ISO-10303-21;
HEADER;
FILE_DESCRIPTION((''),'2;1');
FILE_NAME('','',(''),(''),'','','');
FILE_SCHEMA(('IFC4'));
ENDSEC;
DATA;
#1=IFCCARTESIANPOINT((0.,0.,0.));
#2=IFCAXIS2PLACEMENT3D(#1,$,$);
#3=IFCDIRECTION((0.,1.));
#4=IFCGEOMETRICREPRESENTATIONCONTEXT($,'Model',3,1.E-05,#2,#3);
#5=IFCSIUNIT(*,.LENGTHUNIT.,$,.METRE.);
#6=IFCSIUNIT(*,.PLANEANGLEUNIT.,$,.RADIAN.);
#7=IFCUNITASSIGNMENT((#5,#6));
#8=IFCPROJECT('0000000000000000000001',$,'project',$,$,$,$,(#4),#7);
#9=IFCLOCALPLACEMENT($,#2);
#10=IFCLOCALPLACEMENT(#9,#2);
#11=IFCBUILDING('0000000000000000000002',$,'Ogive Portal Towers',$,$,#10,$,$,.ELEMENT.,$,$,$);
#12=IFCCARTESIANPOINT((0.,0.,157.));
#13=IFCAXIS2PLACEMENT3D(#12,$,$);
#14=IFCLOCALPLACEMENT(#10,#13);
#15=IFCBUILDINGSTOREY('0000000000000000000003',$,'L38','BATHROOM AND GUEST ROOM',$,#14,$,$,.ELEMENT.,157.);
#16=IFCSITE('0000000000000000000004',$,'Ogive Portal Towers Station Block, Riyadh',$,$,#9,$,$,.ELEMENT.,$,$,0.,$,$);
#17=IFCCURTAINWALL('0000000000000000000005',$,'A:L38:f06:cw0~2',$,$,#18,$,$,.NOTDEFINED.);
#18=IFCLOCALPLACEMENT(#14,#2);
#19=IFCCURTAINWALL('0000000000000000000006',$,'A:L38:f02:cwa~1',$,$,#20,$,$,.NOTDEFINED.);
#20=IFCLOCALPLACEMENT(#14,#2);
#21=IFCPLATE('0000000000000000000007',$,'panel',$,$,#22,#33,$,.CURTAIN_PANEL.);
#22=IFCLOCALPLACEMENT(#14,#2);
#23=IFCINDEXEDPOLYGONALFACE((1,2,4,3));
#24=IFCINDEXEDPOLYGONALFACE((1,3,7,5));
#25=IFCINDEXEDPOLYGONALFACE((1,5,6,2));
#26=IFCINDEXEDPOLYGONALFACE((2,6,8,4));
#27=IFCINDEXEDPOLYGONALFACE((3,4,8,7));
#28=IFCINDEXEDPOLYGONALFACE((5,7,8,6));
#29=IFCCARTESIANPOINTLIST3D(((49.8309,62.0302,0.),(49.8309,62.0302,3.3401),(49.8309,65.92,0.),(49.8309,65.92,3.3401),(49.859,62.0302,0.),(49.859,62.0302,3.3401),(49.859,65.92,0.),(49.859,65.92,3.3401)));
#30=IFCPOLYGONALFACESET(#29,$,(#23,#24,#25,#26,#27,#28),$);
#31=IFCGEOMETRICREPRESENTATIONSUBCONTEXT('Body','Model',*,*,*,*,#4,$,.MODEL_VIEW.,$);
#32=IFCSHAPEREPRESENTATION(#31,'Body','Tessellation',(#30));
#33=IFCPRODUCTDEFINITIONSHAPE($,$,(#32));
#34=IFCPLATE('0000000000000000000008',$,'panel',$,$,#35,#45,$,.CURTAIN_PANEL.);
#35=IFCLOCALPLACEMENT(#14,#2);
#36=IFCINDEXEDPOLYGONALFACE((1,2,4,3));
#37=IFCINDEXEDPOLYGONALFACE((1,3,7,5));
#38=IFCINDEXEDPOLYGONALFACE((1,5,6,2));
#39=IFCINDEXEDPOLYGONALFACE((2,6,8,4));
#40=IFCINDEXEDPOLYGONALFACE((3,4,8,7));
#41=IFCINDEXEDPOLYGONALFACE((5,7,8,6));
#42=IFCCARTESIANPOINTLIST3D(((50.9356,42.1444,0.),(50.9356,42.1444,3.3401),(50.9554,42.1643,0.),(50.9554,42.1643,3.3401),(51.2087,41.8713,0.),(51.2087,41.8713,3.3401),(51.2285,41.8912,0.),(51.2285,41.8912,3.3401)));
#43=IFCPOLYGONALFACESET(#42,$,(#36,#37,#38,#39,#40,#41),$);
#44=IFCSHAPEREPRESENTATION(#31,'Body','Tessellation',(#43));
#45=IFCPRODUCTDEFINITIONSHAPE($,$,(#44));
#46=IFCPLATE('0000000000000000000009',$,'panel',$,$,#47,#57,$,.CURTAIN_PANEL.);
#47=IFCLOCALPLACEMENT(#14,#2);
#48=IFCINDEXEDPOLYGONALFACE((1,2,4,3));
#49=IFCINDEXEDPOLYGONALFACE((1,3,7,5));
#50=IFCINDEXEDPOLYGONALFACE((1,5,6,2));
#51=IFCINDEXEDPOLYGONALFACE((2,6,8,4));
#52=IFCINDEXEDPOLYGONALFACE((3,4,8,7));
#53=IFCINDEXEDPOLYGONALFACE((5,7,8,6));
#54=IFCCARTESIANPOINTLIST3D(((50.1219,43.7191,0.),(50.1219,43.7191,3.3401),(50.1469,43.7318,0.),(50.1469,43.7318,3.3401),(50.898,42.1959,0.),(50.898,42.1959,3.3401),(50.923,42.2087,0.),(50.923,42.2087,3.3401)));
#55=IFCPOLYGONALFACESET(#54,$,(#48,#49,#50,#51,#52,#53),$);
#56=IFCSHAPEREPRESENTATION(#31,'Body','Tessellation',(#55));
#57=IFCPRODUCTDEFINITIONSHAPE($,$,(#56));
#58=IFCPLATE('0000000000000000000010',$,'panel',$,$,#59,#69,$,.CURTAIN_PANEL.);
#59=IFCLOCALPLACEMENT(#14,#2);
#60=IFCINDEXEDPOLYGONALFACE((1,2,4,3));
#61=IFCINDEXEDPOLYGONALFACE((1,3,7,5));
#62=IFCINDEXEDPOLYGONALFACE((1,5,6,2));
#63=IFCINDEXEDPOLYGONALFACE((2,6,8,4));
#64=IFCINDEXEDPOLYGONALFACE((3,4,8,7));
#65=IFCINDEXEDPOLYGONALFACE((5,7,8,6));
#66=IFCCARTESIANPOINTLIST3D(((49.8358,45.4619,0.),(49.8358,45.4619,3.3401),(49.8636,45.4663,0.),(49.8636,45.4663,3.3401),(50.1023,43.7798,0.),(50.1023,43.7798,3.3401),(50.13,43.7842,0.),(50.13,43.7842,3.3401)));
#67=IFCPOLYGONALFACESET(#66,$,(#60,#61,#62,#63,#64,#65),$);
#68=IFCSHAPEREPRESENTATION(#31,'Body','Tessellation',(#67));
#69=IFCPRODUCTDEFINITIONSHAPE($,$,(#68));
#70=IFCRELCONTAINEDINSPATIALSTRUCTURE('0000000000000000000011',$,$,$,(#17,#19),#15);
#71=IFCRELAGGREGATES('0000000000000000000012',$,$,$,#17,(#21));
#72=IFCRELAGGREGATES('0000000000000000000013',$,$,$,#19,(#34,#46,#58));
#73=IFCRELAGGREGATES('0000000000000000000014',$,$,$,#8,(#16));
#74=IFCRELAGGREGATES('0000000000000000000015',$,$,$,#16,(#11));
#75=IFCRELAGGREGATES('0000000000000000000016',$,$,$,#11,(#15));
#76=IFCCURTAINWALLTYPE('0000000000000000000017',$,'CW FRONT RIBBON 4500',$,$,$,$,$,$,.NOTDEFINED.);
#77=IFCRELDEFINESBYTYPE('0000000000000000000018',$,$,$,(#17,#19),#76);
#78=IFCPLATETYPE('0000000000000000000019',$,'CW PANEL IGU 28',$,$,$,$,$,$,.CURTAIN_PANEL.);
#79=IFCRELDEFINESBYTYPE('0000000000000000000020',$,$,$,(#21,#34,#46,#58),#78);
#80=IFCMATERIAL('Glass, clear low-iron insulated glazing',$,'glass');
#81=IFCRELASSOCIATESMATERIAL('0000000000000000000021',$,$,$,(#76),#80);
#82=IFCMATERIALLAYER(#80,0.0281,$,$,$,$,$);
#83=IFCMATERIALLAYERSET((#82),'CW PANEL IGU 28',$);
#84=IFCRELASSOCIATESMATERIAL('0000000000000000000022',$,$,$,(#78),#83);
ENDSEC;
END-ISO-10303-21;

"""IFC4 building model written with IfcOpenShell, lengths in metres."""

from ifc_helpers import new_model, si_unit, direction, frame, origin, origin_2d, place, context, subcontext, project, spatial, rectangle, extrude, material, layer, layer_set, type_object, element, aggregate, save


model = new_model("IFC4")

# Units and contexts
model_context = context("Model", 3, precision=1e-05, world=origin(), true_north=direction((0.0, 1.0)))
body_context = subcontext(model_context, "Body", "Model", "MODEL_VIEW")
ifc_project = project(units=[si_unit("LENGTHUNIT", "METRE"), si_unit("PLANEANGLEUNIT", "RADIAN")], contexts=[model_context])

# Site, building, storey
site_placement = place(None, origin())
site = spatial("IfcSite", under=ifc_project, at=site_placement, Name="Ogive Portal Towers Station Block, Riyadh", CompositionType="ELEMENT", RefElevation=0.0)
building_placement = place(site_placement, origin())
building = spatial("IfcBuilding", under=site, at=building_placement, Name="Ogive Portal Towers", CompositionType="ELEMENT")
storey_placement = place(building_placement, frame((0.0, 0.0, 157.0)))
storey = spatial("IfcBuildingStorey", under=building, at=storey_placement, Name="L38", Description="BATHROOM AND GUEST ROOM", CompositionType="ELEMENT", Elevation=157.0)

# Shared definitions
ifc_material_1 = material(Name="Glass, clear low-iron insulated glazing", Category="glass")
curtain_wall_type = type_object("IfcCurtainWallType", Name="CW FRONT RIBBON 4500", PredefinedType="NOTDEFINED", material=ifc_material_1)

# Curtain wall
curtain_wall_1_placement = place(storey_placement, origin())
curtain_wall_1 = element("IfcCurtainWall", 1, at=curtain_wall_1_placement, inside=storey, type_object=curtain_wall_type, Name="A:L38:f06:cw0~2", PredefinedType="NOTDEFINED")

# Curtain wall
curtain_wall_2_placement = place(storey_placement, origin())
curtain_wall_2 = element("IfcCurtainWall", 2, at=curtain_wall_2_placement, inside=storey, type_object=curtain_wall_type, Name="A:L38:f02:cwa~1", PredefinedType="NOTDEFINED")

# Plates
ifc_layer = layer(ifc_material_1, 0.0281)
ifc_layer_set = layer_set([ifc_layer], Name="CW PANEL IGU 28")
plate_type = type_object("IfcPlateType", Name="CW PANEL IGU 28", PredefinedType="CURTAIN_PANEL", material=ifc_layer_set)
plate_1_placement = place(storey_placement, frame((49.845, 63.9751, 0.0), z_axis=(0.0, 0.0, 1.0), x_axis=(0.0, 1.0, 0.0)))
plate_1 = element("IfcPlate", 3, at=plate_1_placement, type_object=plate_type, Name="panel", PredefinedType="CURTAIN_PANEL", context=body_context, shape_type="SweptSolid", body=[
    extrude(rectangle(XDim=3.8899, YDim=0.0281, at=origin_2d()), origin(), (0.0, 0.0, 1.0), 3.3401),
])
aggregate(curtain_wall_1, [plate_1])
plate_2_placement = place(storey_placement, frame((51.082, 42.0178, 0.0), z_axis=(0.0, 0.0, 1.0), x_axis=(-0.707107, 0.707107, 0.0)))
plate_2 = element("IfcPlate", 4, at=plate_2_placement, type_object=plate_type, Name="panel", PredefinedType="CURTAIN_PANEL", context=body_context, shape_type="SweptSolid", body=[
    extrude(rectangle(XDim=0.3862, YDim=0.0281, at=origin_2d()), origin(), (0.0, 0.0, 1.0), 3.3401),
])
plate_3_placement = place(storey_placement, frame((50.5225, 42.9639, 0.0), z_axis=(0.0, 0.0, 1.0), x_axis=(-0.45399, 0.891007, 0.0)))
plate_3 = element("IfcPlate", 5, at=plate_3_placement, type_object=plate_type, Name="panel", PredefinedType="CURTAIN_PANEL", context=body_context, shape_type="SweptSolid", body=[
    extrude(rectangle(XDim=1.7095, YDim=0.0281, at=origin_2d()), origin(), (0.0, 0.0, 1.0), 3.3401),
])
plate_4_placement = place(storey_placement, frame((49.9829, 44.623, 0.0), z_axis=(0.0, 0.0, 1.0), x_axis=(-0.156434, 0.987688, 0.0)))
plate_4 = element("IfcPlate", 6, at=plate_4_placement, type_object=plate_type, Name="panel", PredefinedType="CURTAIN_PANEL", context=body_context, shape_type="SweptSolid", body=[
    extrude(rectangle(XDim=1.7031, YDim=0.0281, at=origin_2d()), origin(), (0.0, 0.0, 1.0), 3.3401),
])
aggregate(curtain_wall_2, [plate_2, plate_3, plate_4])

save(model, "model.ifc")
